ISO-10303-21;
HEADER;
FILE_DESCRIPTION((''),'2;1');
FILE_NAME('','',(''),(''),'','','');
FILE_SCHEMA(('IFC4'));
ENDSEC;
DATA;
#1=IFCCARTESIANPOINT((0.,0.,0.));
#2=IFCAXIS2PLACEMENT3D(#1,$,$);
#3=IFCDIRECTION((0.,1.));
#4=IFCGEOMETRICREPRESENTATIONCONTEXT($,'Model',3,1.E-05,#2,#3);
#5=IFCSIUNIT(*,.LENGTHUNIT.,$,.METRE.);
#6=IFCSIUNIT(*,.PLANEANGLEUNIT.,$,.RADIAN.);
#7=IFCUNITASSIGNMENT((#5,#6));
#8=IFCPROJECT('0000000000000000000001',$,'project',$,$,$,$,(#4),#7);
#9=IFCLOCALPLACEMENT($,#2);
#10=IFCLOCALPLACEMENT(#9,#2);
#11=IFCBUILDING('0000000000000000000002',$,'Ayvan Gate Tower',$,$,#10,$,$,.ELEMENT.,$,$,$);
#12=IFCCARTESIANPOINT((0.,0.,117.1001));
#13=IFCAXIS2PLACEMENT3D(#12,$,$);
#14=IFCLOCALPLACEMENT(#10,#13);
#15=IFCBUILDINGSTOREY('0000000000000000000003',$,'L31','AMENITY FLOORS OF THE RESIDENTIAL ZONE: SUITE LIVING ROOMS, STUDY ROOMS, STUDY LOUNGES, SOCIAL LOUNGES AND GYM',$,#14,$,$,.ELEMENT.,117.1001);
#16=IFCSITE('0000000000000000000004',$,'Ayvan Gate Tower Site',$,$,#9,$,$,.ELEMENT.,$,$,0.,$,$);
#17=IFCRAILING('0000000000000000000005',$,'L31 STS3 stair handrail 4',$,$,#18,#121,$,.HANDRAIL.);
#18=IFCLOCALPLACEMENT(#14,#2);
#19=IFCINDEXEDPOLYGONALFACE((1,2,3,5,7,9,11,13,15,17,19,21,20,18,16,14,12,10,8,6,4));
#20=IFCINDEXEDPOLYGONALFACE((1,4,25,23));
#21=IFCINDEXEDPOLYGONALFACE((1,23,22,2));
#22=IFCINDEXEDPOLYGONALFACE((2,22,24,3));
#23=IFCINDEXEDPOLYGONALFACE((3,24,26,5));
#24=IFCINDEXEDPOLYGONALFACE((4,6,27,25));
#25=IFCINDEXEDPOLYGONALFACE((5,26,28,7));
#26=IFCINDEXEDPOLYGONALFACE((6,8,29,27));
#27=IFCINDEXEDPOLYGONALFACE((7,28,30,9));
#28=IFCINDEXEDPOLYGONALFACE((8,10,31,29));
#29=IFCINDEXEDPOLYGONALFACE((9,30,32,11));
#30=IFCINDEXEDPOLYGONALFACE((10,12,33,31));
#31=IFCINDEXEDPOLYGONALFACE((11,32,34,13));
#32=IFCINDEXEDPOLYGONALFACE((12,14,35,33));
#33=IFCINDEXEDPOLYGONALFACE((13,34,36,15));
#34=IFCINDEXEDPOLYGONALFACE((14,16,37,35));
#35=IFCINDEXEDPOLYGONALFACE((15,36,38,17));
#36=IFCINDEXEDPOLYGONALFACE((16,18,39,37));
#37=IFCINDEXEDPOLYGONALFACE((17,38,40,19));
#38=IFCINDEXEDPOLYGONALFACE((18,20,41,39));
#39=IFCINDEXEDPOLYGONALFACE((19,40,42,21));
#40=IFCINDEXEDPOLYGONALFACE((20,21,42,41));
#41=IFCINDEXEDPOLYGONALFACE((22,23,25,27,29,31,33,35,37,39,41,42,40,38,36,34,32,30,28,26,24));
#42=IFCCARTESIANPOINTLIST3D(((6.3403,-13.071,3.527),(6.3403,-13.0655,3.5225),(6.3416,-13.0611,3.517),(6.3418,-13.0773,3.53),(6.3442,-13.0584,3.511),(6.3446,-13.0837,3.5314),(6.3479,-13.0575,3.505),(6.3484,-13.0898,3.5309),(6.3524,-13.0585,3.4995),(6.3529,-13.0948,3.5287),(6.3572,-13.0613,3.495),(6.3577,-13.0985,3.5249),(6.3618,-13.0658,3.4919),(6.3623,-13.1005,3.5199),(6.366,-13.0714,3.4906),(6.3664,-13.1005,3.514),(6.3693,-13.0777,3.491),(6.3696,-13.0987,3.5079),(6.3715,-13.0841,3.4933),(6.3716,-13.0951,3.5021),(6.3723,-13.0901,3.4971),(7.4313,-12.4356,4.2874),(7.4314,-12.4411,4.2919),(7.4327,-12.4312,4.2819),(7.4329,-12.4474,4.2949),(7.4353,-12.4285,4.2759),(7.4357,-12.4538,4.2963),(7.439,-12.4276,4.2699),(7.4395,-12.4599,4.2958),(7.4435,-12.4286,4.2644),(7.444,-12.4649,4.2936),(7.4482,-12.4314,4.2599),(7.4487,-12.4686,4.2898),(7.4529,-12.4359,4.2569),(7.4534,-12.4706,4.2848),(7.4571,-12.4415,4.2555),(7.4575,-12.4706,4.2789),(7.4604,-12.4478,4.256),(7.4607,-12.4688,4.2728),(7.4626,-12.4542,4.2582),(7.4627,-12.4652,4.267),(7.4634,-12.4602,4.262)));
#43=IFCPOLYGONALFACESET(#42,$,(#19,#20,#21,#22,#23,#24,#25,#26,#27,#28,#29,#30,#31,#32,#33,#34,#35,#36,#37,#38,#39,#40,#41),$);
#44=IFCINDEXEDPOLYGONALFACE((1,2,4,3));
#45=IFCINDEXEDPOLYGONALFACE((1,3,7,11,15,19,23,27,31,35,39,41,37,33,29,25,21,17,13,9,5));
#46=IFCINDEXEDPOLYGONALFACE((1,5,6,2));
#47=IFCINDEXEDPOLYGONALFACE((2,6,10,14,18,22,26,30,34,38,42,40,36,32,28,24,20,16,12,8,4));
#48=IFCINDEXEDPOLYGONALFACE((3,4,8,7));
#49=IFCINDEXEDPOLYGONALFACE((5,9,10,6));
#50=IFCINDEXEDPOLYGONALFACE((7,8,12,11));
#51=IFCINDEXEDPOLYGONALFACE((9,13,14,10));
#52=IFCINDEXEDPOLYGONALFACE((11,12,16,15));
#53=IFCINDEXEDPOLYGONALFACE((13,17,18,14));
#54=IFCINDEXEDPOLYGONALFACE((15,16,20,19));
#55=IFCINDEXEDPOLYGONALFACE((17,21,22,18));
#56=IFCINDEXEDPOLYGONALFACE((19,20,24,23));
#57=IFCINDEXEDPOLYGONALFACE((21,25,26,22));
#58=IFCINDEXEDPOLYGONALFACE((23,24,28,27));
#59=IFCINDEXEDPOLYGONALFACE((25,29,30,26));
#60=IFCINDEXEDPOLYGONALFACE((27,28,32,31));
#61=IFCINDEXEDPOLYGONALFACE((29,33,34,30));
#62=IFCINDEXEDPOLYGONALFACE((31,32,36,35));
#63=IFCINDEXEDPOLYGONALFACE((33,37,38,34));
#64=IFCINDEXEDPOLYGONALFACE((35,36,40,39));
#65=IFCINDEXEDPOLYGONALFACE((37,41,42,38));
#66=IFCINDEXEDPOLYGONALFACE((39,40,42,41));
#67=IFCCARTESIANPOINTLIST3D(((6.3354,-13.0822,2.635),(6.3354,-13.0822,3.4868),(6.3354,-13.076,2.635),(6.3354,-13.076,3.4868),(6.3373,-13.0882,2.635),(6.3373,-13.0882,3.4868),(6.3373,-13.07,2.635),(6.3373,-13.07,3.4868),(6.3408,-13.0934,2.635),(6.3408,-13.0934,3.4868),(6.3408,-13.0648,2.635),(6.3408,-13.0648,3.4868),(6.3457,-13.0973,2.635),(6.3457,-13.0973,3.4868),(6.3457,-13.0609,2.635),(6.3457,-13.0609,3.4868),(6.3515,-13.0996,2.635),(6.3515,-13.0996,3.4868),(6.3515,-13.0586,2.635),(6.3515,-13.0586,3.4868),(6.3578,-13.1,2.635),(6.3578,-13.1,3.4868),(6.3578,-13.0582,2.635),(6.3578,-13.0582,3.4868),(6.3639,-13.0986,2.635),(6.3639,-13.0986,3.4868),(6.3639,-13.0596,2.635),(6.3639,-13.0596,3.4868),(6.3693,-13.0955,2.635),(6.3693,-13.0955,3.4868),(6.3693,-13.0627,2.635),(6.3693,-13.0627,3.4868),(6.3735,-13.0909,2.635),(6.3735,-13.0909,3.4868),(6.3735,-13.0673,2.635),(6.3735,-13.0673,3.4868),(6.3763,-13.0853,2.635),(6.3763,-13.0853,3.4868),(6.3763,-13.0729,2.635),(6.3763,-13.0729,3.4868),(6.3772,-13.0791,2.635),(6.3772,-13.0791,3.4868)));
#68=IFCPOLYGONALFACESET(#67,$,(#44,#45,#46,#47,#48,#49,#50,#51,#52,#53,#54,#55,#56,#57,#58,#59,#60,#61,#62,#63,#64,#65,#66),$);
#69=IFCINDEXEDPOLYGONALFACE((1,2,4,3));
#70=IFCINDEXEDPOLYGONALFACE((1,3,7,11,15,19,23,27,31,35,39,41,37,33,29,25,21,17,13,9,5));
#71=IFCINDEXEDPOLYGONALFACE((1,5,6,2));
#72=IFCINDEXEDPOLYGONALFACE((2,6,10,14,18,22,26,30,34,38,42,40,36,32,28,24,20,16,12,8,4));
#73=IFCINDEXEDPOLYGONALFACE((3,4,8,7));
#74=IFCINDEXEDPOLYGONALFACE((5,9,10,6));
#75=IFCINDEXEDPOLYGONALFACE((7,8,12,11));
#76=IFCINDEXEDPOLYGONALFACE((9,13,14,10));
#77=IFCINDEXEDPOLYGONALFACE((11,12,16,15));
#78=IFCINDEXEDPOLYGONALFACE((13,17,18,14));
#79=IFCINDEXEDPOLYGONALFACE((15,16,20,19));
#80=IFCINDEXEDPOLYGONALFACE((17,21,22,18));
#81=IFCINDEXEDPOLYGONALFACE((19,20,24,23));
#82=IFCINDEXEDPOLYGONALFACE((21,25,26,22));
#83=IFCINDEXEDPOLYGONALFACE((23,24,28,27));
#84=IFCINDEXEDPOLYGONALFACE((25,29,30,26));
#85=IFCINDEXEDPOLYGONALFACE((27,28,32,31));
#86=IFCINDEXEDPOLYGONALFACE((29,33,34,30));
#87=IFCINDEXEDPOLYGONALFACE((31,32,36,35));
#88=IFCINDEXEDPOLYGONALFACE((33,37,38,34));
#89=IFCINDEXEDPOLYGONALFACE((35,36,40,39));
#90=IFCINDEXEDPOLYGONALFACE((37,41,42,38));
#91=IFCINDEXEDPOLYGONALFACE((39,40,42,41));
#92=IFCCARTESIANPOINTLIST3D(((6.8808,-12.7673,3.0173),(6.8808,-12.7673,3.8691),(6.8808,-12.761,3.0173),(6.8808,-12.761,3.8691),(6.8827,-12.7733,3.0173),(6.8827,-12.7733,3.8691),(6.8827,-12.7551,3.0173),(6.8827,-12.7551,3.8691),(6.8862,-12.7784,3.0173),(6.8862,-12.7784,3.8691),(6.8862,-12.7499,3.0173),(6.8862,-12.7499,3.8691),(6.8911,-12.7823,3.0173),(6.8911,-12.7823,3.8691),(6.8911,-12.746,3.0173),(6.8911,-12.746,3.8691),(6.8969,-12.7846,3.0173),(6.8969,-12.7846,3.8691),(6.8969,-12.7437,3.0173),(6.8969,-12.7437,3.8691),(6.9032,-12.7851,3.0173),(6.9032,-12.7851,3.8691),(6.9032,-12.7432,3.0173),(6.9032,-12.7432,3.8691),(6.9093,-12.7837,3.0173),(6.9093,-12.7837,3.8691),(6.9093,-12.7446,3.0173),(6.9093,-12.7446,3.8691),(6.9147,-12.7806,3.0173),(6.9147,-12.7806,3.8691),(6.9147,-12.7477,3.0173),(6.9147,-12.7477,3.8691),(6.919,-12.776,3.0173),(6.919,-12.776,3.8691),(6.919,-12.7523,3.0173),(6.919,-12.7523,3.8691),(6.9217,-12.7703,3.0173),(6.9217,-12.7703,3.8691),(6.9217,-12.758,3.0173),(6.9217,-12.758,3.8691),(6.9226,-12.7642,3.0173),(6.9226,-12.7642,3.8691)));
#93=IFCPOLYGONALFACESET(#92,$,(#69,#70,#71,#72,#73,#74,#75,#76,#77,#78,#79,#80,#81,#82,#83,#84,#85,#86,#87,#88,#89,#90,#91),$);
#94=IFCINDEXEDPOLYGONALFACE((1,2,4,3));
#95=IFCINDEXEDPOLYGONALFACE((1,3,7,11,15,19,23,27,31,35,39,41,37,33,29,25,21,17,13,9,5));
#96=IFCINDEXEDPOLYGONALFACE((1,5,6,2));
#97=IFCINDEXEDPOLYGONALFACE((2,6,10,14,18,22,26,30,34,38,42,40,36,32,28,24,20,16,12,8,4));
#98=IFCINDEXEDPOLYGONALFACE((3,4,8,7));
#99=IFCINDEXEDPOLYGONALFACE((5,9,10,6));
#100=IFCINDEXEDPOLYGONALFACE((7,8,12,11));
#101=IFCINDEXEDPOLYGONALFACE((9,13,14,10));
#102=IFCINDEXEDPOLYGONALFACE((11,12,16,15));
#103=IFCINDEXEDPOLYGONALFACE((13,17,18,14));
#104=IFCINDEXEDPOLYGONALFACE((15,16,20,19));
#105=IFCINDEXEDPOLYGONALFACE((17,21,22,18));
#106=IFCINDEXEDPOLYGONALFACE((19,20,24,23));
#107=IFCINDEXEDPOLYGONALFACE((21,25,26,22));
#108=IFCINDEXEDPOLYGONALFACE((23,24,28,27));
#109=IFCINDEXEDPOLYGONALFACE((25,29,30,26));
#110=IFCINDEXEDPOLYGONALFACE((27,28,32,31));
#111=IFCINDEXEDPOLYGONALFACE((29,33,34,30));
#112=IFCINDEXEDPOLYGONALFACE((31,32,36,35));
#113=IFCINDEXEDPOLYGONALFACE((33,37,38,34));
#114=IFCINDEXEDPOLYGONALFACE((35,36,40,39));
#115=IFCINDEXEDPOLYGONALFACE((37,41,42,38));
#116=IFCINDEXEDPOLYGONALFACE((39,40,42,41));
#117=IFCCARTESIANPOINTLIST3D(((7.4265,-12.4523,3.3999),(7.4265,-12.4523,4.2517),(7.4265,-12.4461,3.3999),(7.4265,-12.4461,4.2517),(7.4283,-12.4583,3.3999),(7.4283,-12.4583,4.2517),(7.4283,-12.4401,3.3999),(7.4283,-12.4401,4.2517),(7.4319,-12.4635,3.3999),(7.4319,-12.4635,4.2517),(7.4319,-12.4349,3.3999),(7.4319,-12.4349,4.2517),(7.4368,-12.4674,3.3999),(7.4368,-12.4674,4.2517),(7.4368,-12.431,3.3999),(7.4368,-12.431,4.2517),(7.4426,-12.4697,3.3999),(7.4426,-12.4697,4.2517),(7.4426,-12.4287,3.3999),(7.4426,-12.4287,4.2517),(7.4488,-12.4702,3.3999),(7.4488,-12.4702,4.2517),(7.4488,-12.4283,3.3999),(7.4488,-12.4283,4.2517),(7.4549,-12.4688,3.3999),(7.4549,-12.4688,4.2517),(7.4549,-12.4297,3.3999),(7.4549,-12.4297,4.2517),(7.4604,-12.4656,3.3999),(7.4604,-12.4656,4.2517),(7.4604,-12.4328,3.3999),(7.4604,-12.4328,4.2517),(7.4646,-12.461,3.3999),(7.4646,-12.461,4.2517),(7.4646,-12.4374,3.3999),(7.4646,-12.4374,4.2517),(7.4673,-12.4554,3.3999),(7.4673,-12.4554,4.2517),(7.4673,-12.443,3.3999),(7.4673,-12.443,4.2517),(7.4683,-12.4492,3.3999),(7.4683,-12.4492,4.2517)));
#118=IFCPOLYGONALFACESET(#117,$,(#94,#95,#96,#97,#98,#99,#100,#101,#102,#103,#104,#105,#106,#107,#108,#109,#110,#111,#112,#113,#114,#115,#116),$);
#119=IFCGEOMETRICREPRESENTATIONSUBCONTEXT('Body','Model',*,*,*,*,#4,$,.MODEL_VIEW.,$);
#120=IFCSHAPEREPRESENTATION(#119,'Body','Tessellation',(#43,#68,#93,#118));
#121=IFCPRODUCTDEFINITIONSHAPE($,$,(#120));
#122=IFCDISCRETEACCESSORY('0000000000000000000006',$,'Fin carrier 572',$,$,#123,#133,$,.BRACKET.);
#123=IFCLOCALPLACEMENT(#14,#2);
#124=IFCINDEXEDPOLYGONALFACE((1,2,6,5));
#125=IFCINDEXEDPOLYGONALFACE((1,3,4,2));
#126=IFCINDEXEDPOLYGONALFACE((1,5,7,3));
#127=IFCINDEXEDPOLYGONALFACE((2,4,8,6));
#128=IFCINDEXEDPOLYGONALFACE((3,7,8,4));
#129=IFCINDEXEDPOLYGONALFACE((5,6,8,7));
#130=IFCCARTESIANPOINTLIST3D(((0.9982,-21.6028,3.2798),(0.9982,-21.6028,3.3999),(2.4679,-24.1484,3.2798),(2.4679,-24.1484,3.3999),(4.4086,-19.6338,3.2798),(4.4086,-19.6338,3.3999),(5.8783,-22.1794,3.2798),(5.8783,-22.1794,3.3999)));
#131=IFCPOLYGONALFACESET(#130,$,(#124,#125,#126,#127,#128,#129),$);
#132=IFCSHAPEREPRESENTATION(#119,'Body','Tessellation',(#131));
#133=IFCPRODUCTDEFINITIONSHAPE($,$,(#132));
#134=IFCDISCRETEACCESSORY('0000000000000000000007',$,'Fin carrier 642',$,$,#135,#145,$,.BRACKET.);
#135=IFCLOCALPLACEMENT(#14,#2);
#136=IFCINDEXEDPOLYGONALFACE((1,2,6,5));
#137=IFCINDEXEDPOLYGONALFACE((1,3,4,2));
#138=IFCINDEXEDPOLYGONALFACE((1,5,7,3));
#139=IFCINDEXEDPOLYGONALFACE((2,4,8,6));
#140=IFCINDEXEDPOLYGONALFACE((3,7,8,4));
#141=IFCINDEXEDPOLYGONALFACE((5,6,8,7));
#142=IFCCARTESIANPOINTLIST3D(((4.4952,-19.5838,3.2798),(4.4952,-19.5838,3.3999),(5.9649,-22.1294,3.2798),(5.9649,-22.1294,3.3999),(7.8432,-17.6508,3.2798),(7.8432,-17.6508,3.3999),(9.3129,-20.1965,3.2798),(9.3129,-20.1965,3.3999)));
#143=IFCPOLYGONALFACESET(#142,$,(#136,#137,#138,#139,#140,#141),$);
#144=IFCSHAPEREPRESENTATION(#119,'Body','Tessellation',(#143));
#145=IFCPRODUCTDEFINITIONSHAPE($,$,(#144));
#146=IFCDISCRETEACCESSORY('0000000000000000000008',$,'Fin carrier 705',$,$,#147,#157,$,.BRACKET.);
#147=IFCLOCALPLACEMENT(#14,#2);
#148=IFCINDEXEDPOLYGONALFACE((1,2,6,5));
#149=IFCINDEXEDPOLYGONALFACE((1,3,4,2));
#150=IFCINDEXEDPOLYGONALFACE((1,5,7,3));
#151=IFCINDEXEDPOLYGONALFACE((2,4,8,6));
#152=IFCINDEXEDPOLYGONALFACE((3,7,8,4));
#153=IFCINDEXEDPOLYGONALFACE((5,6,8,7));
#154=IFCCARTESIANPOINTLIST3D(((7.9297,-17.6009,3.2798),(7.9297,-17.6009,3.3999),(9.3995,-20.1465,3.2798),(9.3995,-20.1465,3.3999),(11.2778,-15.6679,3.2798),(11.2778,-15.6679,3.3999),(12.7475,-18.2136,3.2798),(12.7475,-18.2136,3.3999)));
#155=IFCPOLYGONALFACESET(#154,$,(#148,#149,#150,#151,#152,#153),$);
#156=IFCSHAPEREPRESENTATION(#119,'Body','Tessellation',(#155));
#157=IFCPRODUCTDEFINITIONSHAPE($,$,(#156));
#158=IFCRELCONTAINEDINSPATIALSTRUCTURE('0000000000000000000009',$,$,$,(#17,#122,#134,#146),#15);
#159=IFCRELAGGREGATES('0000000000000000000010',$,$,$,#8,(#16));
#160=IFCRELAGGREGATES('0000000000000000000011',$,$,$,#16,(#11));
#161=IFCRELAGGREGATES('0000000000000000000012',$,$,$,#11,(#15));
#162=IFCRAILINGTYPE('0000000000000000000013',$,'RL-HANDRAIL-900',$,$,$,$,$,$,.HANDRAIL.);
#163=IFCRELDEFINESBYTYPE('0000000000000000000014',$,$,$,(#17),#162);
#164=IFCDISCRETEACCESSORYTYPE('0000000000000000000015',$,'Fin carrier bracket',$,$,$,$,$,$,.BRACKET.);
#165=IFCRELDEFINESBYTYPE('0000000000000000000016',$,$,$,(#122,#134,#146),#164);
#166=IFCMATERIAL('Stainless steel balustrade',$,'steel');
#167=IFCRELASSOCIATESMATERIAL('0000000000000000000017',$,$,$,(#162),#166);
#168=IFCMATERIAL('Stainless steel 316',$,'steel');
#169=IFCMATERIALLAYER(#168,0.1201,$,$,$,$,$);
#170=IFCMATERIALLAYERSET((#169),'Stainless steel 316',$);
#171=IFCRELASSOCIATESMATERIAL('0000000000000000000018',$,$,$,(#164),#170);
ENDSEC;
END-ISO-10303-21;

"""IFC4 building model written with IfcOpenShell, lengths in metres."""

from ifc_helpers import new_model, si_unit, direction, frame, origin, origin_2d, place, context, subcontext, project, spatial, rectangle, circle, extrude, material, layer, layer_set, type_object, element, save


model = new_model("IFC4")

# Units and contexts
model_context = context("Model", 3, precision=1e-05, world=origin(), true_north=direction((0.0, 1.0)))
body_context = subcontext(model_context, "Body", "Model", "MODEL_VIEW")
ifc_project = project(units=[si_unit("LENGTHUNIT", "METRE"), si_unit("PLANEANGLEUNIT", "RADIAN")], contexts=[model_context])

# Site, building, storey
site_placement = place(None, origin())
site = spatial("IfcSite", under=ifc_project, at=site_placement, Name="Ayvan Gate Tower Site", CompositionType="ELEMENT", RefElevation=0.0)
building_placement = place(site_placement, origin())
building = spatial("IfcBuilding", under=site, at=building_placement, Name="Ayvan Gate Tower", CompositionType="ELEMENT")
storey_placement = place(building_placement, frame((0.0, 0.0, 117.1001)))
storey = spatial("IfcBuildingStorey", under=building, at=storey_placement, Name="L31", Description="AMENITY FLOORS OF THE RESIDENTIAL ZONE: SUITE LIVING ROOMS, STUDY ROOMS, STUDY LOUNGES, SOCIAL LOUNGES AND GYM", CompositionType="ELEMENT", Elevation=117.1001)

# Railing
ifc_material_1 = material(Name="Stainless steel balustrade", Category="steel")
railing_type = type_object("IfcRailingType", Name="RL-HANDRAIL-900", PredefinedType="HANDRAIL", material=ifc_material_1)
railing_1_placement = place(storey_placement, frame((6.3562, -13.0791, 2.635)))
element("IfcRailing", 1, at=railing_1_placement, inside=storey, type_object=railing_type, Name="L31 STS3 stair handrail 4", PredefinedType="HANDRAIL", context=body_context, shape_type="SweptSolid", body=[
    extrude(circle(Radius=0.0239, at=origin_2d()), frame((0.0, 0.0, 0.876), z_axis=(0.740282, 0.427372, 0.518976), x_axis=(-0.499974, 0.86604, 0.0)), (0.0, 0.0, 1.0), 1.4739),
    extrude(circle(Radius=0.021, at=origin_2d()), origin(), (0.0, 0.0, 1.0), 0.8518),
    extrude(circle(Radius=0.021, at=origin_2d()), frame((0.5454, 0.3149, 0.3823)), (0.0, 0.0, 1.0), 0.8518),
    extrude(circle(Radius=0.021, at=origin_2d()), frame((1.0911, 0.6299, 0.7649)), (0.0, 0.0, 1.0), 0.8518),
])

# Discrete accessories
ifc_material_2 = material(Name="Stainless steel 316", Category="steel")
ifc_layer_1 = layer(ifc_material_2, 0.1201)
ifc_layer_set_1 = layer_set([ifc_layer_1], Name="Stainless steel 316")
discrete_accessory_type = type_object("IfcDiscreteAccessoryType", Name="Fin carrier bracket", PredefinedType="BRACKET", material=ifc_layer_set_1)
discrete_accessory_placement = place(storey_placement, frame((3.4382, -21.8911, 3.2798), z_axis=(0.0, 0.0, 1.0), x_axis=(0.866025, 0.5, 0.0)))
element("IfcDiscreteAccessory", 2, at=discrete_accessory_placement, inside=storey, type_object=discrete_accessory_type, Name="Fin carrier 572", PredefinedType="BRACKET", context=body_context, shape_type="SweptSolid", body=[
    extrude(rectangle(XDim=3.938, YDim=2.9395, at=origin_2d()), origin(), (0.0, 0.0, 1.0), 0.1201),
])
for number, where, z_axis, x_axis, name in (
    (3, (6.9041, -19.8901, 3.2798), (0.0, 0.0, 1.0), (0.866025, 0.5, 0.0), "Fin carrier 642"),
    (4, (10.3386, -17.9072, 3.2798), (0.0, 0.0, 1.0), (0.866025, 0.5, 0.0), "Fin carrier 705"),
):
    element("IfcDiscreteAccessory", number, at=place(storey_placement, frame(where, z_axis=z_axis, x_axis=x_axis)), inside=storey, type_object=discrete_accessory_type, Name=name, PredefinedType="BRACKET", context=body_context, shape_type="SweptSolid", body=[
        extrude(rectangle(XDim=3.866, YDim=2.9395, at=origin_2d()), origin(), (0.0, 0.0, 1.0), 0.1201),
    ])

save(model, "model.ifc")
